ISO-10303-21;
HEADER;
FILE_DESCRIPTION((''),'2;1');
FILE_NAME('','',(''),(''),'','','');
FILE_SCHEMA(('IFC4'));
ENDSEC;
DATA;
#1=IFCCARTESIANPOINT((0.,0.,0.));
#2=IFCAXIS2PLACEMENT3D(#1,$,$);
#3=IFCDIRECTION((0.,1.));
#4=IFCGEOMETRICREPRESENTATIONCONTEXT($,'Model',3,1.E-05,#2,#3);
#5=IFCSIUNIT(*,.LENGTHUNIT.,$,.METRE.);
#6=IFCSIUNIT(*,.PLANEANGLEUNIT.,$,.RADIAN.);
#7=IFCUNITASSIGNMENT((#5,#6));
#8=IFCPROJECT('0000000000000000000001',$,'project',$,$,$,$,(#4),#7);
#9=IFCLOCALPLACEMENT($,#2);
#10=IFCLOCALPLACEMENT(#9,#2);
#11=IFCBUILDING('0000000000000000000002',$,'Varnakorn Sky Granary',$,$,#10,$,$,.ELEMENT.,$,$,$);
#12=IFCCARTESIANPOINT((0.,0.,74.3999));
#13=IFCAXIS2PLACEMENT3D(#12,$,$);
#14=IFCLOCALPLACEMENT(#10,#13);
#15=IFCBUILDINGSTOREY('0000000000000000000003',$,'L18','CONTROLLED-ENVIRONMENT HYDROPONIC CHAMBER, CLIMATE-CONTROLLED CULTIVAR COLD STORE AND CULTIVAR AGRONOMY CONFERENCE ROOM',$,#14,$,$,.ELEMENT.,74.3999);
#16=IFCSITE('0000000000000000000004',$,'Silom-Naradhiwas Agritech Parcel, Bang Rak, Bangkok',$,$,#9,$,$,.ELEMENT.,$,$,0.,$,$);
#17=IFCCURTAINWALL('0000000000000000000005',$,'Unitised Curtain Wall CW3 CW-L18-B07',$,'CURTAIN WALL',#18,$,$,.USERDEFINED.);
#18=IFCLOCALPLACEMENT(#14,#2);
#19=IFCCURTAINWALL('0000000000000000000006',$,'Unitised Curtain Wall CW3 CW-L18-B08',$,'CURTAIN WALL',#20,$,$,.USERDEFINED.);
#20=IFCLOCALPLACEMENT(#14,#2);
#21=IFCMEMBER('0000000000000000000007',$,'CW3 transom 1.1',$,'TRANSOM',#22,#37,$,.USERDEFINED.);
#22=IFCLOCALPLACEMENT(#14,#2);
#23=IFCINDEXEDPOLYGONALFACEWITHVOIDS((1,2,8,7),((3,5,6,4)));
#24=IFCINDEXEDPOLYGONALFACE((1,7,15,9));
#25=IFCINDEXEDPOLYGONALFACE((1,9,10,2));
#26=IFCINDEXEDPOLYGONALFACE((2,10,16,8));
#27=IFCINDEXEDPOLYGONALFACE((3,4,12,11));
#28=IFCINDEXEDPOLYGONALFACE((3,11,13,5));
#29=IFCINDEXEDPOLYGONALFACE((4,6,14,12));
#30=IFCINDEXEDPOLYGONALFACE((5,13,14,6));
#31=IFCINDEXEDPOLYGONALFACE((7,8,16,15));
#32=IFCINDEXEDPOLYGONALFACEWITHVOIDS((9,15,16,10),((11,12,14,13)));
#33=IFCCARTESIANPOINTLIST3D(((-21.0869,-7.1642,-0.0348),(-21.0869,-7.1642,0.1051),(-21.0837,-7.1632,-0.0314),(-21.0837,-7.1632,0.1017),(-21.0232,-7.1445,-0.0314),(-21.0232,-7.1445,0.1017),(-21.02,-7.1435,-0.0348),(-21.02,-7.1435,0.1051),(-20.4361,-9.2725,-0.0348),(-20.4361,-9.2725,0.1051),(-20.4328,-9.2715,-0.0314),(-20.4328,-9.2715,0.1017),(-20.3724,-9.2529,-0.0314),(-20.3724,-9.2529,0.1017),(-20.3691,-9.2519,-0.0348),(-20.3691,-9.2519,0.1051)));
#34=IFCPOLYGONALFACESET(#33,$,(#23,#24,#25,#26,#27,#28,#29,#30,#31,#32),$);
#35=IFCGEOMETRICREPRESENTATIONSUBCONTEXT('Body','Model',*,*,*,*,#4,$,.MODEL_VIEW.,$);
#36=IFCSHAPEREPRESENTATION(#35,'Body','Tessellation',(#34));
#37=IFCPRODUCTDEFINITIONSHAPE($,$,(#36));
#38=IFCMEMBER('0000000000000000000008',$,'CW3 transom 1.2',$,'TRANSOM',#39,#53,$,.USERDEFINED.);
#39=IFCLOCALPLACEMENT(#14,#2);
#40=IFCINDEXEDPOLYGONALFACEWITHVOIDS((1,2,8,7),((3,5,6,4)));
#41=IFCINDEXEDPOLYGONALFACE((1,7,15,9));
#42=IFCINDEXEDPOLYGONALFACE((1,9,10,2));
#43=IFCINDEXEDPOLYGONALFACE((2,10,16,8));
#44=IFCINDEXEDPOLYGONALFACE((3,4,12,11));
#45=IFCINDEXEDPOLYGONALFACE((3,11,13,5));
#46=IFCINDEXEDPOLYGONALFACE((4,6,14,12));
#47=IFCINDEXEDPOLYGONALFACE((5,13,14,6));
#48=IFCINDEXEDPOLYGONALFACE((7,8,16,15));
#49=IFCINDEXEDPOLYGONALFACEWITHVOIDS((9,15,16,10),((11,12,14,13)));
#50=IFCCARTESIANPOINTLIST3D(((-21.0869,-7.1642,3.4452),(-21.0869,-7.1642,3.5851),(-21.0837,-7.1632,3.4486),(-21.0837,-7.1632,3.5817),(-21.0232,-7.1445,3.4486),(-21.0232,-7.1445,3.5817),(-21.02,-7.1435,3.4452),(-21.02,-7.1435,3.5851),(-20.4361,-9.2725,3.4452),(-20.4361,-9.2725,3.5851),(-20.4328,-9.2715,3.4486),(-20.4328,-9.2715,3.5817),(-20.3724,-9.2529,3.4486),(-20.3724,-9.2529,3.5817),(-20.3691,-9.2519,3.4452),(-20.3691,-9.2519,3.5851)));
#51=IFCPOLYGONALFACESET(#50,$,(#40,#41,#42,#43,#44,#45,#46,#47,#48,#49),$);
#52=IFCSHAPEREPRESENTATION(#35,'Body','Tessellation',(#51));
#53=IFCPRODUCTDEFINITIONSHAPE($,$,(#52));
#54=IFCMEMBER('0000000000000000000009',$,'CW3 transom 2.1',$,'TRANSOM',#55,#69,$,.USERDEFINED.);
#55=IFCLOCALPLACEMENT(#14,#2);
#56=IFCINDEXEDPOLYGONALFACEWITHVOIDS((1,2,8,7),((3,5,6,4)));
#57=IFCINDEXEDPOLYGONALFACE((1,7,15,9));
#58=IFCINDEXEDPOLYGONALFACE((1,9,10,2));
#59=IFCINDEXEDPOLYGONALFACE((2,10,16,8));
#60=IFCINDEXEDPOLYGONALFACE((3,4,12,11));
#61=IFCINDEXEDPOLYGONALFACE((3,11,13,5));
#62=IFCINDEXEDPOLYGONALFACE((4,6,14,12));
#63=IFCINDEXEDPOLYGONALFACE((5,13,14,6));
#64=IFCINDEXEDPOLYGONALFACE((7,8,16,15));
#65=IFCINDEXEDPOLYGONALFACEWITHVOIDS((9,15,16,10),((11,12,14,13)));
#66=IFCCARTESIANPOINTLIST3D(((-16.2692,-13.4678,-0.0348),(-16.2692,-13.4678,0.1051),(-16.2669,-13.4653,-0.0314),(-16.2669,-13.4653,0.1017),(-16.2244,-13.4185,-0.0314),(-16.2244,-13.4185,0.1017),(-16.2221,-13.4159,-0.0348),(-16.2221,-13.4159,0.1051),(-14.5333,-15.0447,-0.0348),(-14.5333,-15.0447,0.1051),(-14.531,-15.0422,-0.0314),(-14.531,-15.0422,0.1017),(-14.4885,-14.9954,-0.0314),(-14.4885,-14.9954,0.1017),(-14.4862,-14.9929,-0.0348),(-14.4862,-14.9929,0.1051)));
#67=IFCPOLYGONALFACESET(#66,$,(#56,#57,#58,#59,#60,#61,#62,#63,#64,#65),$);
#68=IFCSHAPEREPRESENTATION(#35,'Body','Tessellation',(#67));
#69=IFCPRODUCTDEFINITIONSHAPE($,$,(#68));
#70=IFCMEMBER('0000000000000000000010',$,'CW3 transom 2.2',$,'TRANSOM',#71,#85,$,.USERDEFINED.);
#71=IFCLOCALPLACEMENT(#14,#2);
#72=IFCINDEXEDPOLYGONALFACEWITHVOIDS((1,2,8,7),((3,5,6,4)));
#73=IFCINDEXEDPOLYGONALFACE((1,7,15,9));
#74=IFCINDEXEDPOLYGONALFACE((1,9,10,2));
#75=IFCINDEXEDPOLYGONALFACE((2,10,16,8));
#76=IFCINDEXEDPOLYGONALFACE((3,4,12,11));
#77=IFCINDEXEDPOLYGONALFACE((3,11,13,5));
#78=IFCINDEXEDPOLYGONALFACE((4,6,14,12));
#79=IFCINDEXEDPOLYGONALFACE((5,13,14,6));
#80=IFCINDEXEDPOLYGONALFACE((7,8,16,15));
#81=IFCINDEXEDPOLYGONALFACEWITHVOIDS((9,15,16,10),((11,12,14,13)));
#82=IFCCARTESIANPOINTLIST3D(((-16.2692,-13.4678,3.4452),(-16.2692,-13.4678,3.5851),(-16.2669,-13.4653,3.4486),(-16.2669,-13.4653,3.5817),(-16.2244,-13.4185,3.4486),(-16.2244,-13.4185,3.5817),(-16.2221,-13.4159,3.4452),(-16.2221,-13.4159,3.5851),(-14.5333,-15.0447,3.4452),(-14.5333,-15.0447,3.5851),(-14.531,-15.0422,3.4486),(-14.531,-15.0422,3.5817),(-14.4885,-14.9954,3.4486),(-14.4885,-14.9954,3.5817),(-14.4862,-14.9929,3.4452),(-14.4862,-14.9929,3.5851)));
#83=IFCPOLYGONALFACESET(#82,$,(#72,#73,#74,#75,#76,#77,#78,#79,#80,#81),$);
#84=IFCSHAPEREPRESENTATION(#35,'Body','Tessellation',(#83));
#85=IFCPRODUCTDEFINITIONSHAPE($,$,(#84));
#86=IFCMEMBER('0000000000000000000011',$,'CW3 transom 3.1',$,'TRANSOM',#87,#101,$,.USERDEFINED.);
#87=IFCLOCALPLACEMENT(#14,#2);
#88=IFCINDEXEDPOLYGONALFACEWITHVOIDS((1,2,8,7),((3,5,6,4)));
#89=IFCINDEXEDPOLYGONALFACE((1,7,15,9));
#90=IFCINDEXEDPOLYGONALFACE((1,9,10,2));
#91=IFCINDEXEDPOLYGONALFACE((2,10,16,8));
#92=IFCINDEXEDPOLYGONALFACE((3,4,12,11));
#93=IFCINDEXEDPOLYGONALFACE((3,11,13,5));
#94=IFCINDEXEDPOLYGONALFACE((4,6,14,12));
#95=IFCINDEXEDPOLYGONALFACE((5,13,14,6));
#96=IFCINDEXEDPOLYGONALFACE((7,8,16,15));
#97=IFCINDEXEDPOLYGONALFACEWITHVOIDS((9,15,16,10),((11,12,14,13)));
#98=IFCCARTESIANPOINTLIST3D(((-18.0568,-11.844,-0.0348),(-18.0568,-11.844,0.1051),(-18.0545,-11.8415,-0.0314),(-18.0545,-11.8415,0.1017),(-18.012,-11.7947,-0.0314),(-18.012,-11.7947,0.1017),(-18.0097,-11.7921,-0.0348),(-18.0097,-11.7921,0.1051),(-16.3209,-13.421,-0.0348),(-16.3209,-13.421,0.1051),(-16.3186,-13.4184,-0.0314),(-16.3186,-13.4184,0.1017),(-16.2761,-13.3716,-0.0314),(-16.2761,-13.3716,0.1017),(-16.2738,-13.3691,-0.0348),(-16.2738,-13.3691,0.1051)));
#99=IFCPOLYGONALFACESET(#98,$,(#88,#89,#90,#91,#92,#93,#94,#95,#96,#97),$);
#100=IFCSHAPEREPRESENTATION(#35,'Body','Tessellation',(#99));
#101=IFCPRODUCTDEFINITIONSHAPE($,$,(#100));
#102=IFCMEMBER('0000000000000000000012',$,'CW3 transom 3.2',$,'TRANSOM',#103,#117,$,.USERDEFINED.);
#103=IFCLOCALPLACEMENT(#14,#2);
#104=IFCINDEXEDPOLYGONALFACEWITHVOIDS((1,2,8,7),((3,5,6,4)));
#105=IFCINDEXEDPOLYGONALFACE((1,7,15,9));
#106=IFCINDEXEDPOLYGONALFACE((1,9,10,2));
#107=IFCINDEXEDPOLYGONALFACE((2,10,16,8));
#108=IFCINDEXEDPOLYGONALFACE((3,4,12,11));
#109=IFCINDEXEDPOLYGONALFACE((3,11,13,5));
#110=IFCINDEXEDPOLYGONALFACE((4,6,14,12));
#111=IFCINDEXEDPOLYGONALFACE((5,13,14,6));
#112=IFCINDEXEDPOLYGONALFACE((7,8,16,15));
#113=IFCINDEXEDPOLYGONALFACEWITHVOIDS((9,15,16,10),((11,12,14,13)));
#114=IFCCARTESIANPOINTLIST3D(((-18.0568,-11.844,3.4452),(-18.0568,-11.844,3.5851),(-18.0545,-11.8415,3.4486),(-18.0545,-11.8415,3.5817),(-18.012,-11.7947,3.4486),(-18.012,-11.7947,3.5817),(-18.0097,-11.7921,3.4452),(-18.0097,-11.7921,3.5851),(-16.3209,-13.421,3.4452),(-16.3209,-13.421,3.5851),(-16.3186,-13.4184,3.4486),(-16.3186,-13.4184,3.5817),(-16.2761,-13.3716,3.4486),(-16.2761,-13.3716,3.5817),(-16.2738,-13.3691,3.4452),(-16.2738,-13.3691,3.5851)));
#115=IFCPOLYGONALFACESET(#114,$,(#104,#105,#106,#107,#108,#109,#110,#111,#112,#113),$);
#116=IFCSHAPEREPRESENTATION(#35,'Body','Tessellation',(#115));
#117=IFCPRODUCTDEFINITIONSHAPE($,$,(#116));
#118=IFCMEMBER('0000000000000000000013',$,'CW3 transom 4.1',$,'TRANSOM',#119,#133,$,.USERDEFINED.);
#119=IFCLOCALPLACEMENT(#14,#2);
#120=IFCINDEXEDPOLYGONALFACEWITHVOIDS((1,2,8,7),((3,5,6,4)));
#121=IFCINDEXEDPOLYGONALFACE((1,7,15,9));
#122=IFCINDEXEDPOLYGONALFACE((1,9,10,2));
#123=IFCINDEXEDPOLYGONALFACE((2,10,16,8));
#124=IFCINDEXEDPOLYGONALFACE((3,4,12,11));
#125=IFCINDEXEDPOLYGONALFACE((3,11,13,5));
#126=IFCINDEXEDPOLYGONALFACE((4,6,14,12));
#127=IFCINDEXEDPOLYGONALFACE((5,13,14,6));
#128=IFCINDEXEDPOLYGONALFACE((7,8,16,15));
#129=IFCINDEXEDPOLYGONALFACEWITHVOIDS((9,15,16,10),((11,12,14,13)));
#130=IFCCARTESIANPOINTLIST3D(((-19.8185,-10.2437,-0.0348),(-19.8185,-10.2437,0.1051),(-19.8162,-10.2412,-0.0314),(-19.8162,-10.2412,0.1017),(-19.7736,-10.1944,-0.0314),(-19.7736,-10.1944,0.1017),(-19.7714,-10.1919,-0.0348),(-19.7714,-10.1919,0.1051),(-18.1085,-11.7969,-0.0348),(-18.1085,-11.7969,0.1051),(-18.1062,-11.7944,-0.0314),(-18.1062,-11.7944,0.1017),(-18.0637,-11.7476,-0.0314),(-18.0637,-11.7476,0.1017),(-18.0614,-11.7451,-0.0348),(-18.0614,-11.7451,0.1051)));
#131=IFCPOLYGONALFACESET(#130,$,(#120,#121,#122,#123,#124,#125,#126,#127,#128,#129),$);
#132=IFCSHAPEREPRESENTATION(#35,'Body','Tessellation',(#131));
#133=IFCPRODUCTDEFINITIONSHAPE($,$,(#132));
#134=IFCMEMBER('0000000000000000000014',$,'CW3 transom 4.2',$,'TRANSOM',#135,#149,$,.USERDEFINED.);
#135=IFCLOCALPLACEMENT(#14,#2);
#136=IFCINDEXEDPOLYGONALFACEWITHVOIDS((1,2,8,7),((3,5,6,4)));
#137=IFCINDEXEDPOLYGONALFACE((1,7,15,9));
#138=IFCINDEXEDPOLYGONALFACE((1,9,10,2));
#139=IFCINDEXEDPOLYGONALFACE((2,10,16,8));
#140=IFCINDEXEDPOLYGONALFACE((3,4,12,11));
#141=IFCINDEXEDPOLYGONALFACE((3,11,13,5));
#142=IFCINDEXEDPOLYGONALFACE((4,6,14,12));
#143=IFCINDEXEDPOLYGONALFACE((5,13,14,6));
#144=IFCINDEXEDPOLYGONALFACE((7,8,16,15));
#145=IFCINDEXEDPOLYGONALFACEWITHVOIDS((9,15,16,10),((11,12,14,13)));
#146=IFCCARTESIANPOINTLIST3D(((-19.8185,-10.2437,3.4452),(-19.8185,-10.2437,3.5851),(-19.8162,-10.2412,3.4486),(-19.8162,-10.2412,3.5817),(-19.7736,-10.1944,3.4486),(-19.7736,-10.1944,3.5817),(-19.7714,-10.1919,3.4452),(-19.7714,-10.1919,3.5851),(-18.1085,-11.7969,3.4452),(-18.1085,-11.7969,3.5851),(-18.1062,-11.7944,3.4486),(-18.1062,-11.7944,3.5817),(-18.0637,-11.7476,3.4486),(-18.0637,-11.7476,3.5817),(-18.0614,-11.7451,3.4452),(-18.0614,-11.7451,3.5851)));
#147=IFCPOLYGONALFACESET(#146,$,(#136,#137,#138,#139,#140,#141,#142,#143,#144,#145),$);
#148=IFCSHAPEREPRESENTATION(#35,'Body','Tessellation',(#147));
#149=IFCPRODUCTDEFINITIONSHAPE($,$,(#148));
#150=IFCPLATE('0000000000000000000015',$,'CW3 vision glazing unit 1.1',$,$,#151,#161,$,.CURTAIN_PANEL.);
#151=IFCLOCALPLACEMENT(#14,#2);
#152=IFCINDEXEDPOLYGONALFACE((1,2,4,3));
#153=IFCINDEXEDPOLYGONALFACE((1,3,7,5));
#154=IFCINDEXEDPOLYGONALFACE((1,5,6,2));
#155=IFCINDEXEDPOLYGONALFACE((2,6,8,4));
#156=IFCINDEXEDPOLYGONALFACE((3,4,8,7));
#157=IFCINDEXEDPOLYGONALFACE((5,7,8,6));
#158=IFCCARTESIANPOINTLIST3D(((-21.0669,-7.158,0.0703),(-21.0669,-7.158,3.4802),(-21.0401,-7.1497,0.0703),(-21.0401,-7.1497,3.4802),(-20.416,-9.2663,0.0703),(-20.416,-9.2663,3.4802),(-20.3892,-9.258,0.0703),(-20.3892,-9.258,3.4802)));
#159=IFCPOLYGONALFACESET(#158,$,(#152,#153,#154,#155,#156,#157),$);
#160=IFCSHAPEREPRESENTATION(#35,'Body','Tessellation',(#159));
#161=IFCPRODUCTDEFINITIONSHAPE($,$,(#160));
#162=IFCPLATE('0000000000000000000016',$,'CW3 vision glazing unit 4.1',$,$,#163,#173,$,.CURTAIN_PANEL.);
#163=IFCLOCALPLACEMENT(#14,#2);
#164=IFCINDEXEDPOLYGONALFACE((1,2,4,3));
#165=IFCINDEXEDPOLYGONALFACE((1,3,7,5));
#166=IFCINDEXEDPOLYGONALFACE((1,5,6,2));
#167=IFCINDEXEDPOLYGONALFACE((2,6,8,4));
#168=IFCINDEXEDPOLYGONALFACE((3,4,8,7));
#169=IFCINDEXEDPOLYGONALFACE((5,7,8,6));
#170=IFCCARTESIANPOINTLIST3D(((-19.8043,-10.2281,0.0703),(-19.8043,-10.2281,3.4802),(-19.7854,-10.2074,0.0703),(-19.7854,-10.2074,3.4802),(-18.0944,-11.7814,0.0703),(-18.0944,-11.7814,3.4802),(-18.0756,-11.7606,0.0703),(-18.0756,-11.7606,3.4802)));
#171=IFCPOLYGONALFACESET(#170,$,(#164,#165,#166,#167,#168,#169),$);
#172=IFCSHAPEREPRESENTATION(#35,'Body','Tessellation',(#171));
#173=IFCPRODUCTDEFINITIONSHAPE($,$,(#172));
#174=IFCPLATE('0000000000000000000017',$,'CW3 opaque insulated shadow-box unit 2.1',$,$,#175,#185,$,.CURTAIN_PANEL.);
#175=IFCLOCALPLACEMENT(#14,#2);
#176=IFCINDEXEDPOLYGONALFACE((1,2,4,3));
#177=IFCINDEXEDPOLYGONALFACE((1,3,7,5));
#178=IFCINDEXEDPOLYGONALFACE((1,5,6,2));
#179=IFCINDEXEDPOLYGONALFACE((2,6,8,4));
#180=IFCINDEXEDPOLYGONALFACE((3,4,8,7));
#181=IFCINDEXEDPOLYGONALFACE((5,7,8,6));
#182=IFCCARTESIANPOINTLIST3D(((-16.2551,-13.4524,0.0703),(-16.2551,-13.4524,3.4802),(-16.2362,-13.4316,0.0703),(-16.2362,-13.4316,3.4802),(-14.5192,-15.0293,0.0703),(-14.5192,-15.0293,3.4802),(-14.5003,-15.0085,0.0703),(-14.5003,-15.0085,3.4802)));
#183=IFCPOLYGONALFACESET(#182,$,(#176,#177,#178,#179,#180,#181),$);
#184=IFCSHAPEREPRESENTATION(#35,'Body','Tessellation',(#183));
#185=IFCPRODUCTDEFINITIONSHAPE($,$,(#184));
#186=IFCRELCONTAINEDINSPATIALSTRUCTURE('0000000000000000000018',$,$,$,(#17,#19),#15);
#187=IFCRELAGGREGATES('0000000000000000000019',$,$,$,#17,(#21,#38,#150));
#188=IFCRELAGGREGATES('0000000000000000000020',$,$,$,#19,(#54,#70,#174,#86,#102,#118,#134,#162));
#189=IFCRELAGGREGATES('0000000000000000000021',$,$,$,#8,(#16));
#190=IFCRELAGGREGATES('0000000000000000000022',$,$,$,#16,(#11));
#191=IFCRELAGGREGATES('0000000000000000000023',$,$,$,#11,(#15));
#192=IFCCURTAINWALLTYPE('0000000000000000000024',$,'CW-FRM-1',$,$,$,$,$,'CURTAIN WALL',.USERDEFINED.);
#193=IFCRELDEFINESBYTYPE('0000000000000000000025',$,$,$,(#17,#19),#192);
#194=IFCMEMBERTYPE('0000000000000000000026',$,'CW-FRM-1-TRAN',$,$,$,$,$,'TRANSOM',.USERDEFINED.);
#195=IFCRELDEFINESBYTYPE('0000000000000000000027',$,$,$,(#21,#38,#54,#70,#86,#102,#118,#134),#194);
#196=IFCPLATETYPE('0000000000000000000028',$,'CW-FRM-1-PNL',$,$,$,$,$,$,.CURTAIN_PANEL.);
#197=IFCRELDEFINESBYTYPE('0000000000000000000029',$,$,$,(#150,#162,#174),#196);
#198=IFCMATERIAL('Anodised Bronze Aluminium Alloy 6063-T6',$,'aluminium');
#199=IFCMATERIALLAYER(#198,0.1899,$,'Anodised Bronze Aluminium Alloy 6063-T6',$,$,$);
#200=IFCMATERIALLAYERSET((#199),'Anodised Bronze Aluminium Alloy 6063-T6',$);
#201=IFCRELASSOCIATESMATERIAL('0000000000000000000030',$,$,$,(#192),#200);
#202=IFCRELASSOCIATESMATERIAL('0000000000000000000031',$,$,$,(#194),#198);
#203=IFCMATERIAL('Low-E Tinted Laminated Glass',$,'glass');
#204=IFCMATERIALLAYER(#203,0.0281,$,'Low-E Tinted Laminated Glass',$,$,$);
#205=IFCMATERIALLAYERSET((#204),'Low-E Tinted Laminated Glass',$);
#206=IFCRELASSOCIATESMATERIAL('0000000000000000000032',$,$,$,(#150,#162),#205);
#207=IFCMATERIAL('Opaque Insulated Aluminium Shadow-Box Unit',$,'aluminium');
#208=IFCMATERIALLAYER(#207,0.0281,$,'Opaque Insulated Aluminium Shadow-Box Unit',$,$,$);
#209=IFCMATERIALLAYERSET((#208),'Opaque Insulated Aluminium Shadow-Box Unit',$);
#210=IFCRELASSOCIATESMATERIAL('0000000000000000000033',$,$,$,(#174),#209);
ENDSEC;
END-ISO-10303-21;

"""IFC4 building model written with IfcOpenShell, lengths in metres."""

from ifc_helpers import new_model, si_unit, direction, frame, origin, origin_2d, place, context, subcontext, project, spatial, rectangle, hollow_rectangle, extrude, source, transform, mapped, material, layer, layer_set, material_profile, profile_set, type_object, type_shapes, element, aggregate, save


model = new_model("IFC4")

# Units and contexts
model_context = context("Model", 3, precision=1e-05, world=origin(), true_north=direction((0.0, 1.0)))
body_context = subcontext(model_context, "Body", "Model", "MODEL_VIEW")
ifc_project = project(units=[si_unit("LENGTHUNIT", "METRE"), si_unit("PLANEANGLEUNIT", "RADIAN")], contexts=[model_context])

# Site, building, storey
site_placement = place(None, origin())
site = spatial("IfcSite", under=ifc_project, at=site_placement, Name="Silom-Naradhiwas Agritech Parcel, Bang Rak, Bangkok", CompositionType="ELEMENT", RefElevation=0.0)
building_placement = place(site_placement, origin())
building = spatial("IfcBuilding", under=site, at=building_placement, Name="Varnakorn Sky Granary", CompositionType="ELEMENT")
storey_placement = place(building_placement, frame((0.0, 0.0, 74.3999)))
storey = spatial("IfcBuildingStorey", under=building, at=storey_placement, Name="L18", Description="CONTROLLED-ENVIRONMENT HYDROPONIC CHAMBER, CLIMATE-CONTROLLED CULTIVAR COLD STORE AND CULTIVAR AGRONOMY CONFERENCE ROOM", CompositionType="ELEMENT", Elevation=74.3999)

# Curtain wall
ifc_material_1 = material(Name="Anodised Bronze Aluminium Alloy 6063-T6", Category="aluminium")
ifc_layer_1 = layer(ifc_material_1, 0.1899, Name="Anodised Bronze Aluminium Alloy 6063-T6")
ifc_layer_set_1 = layer_set([ifc_layer_1], Name="Anodised Bronze Aluminium Alloy 6063-T6")
curtain_wall_type = type_object("IfcCurtainWallType", Name="CW-FRM-1", ElementType="CURTAIN WALL", PredefinedType="USERDEFINED", material=ifc_layer_set_1)
curtain_wall_1_placement = place(storey_placement, origin())
curtain_wall_1 = element("IfcCurtainWall", 1, at=curtain_wall_1_placement, inside=storey, type_object=curtain_wall_type, Name="Unitised Curtain Wall CW3 CW-L18-B07", ObjectType="CURTAIN WALL", PredefinedType="USERDEFINED")

# Curtain wall
curtain_wall_2_placement = place(storey_placement, origin())
curtain_wall_2 = element("IfcCurtainWall", 2, at=curtain_wall_2_placement, inside=storey, type_object=curtain_wall_type, Name="Unitised Curtain Wall CW3 CW-L18-B08", ObjectType="CURTAIN WALL", PredefinedType="USERDEFINED")

# Members
ifc_material_profile_1 = material_profile(ifc_material_1, hollow_rectangle(XDim=0.0701, YDim=0.1399, WallThickness=0.0034, at=origin_2d()), Name="ALU TRAN 70x140")
ifc_profile_set_1 = profile_set([ifc_material_profile_1], Name="Anodised Bronze Aluminium Alloy 6063-T6")
member_type_1 = type_object("IfcMemberType", Name="CW-FRM-1-TRAN", ElementType="TRANSOM", PredefinedType="USERDEFINED", material=ifc_profile_set_1)
member_1_placement = place(storey_placement, frame((-20.4026, -9.2622, 0.0352), z_axis=(-0.294972, 0.955506, 0.0), x_axis=(-0.955506, -0.294972, 0.0)))
member_1 = element("IfcMember", 3, at=member_1_placement, type_object=member_type_1, Name="CW3 transom 1.1", ObjectType="TRANSOM", PredefinedType="USERDEFINED", context=body_context, shape_type="SweptSolid", body=[
    extrude(hollow_rectangle(XDim=0.0701, YDim=0.1399, WallThickness=0.0034, at=origin_2d()), origin(), (0.0, 0.0, 1.0), 2.2065),
])
member_2_placement = place(storey_placement, frame((-20.4026, -9.2622, 3.5151), z_axis=(-0.294972, 0.955506, 0.0), x_axis=(-0.955506, -0.294972, 0.0)))
member_2 = element("IfcMember", 4, at=member_2_placement, type_object=member_type_1, Name="CW3 transom 1.2", ObjectType="TRANSOM", PredefinedType="USERDEFINED", context=body_context, shape_type="SweptSolid", body=[
    extrude(hollow_rectangle(XDim=0.0701, YDim=0.1399, WallThickness=0.0034, at=origin_2d()), origin(), (0.0, 0.0, 1.0), 2.2065),
])
member_3_placement = place(storey_placement, frame((-14.5098, -15.0188, 0.0352), z_axis=(-0.74018, 0.672408, 0.0), x_axis=(-0.672408, -0.74018, 0.0)))
member_3 = element("IfcMember", 5, at=member_3_placement, type_object=member_type_1, Name="CW3 transom 2.1", ObjectType="TRANSOM", PredefinedType="USERDEFINED", context=body_context, shape_type="SweptSolid", body=[
    extrude(hollow_rectangle(XDim=0.0701, YDim=0.1399, WallThickness=0.0034, at=origin_2d()), origin(), (0.0, 0.0, 1.0), 2.3452),
])
member_4_placement = place(storey_placement, frame((-14.5098, -15.0188, 3.5151), z_axis=(-0.74018, 0.672408, 0.0), x_axis=(-0.672408, -0.74018, 0.0)))
member_4 = element("IfcMember", 6, at=member_4_placement, type_object=member_type_1, Name="CW3 transom 2.2", ObjectType="TRANSOM", PredefinedType="USERDEFINED", context=body_context, shape_type="SweptSolid", body=[
    extrude(hollow_rectangle(XDim=0.0701, YDim=0.1399, WallThickness=0.0034, at=origin_2d()), origin(), (0.0, 0.0, 1.0), 2.3452),
])
member_5_placement = place(storey_placement, frame((-16.2974, -13.395, 0.0352), z_axis=(-0.74018, 0.672408, 0.0), x_axis=(-0.672408, -0.74018, 0.0)))
member_5 = element("IfcMember", 7, at=member_5_placement, type_object=member_type_1, Name="CW3 transom 3.1", ObjectType="TRANSOM", PredefinedType="USERDEFINED", context=body_context, shape_type="SweptSolid", body=[
    extrude(hollow_rectangle(XDim=0.0701, YDim=0.1399, WallThickness=0.0034, at=origin_2d()), origin(), (0.0, 0.0, 1.0), 2.3452),
])
member_6_placement = place(storey_placement, frame((-16.2974, -13.395, 3.5151), z_axis=(-0.74018, 0.672408, 0.0), x_axis=(-0.672408, -0.74018, 0.0)))
member_6 = element("IfcMember", 8, at=member_6_placement, type_object=member_type_1, Name="CW3 transom 3.2", ObjectType="TRANSOM", PredefinedType="USERDEFINED", context=body_context, shape_type="SweptSolid", body=[
    extrude(hollow_rectangle(XDim=0.0701, YDim=0.1399, WallThickness=0.0034, at=origin_2d()), origin(), (0.0, 0.0, 1.0), 2.3452),
])
member_7_placement = place(storey_placement, frame((-18.085, -11.771, 0.0352), z_axis=(-0.740217, 0.672368, 0.0), x_axis=(-0.672368, -0.740217, 0.0)))
member_7 = element("IfcMember", 9, at=member_7_placement, type_object=member_type_1, Name="CW3 transom 4.1", ObjectType="TRANSOM", PredefinedType="USERDEFINED", context=body_context, shape_type="SweptSolid", body=[
    extrude(hollow_rectangle(XDim=0.0701, YDim=0.1399, WallThickness=0.0034, at=origin_2d()), origin(), (0.0, 0.0, 1.0), 2.3101),
])
member_8_placement = place(storey_placement, frame((-18.085, -11.771, 3.5151), z_axis=(-0.740217, 0.672368, 0.0), x_axis=(-0.672368, -0.740217, 0.0)))
member_8 = element("IfcMember", 10, at=member_8_placement, type_object=member_type_1, Name="CW3 transom 4.2", ObjectType="TRANSOM", PredefinedType="USERDEFINED", context=body_context, shape_type="SweptSolid", body=[
    extrude(hollow_rectangle(XDim=0.0701, YDim=0.1399, WallThickness=0.0034, at=origin_2d()), origin(), (0.0, 0.0, 1.0), 2.3101),
])

# Plates
ifc_material_2 = material(Name="Low-E Tinted Laminated Glass", Category="glass")
ifc_layer_2 = layer(ifc_material_2, 0.0281, Name="Low-E Tinted Laminated Glass")
ifc_layer_set_2 = layer_set([ifc_layer_2], Name="Low-E Tinted Laminated Glass")
plate_type = type_object("IfcPlateType", Name="CW-FRM-1-PNL", PredefinedType="CURTAIN_PANEL")
shared_shape_1 = source(origin(), body_context, "Body", "SweptSolid", [
    extrude(rectangle(XDim=2.2065, YDim=0.0281, at=origin_2d()), origin(), (0.0, 0.0, 1.0), 3.4099),
])
plate_1_placement = place(storey_placement, frame((-20.728, -8.208, 0.0703), z_axis=(0.0, 0.0, 1.0), x_axis=(-0.294979, 0.955504, 0.0)))
plate_1 = element("IfcPlate", 11, at=plate_1_placement, type_object=plate_type, material=ifc_layer_set_2, Name="CW3 vision glazing unit 1.1", PredefinedType="CURTAIN_PANEL", context=body_context, shape_type="MappedRepresentation", body=[
    mapped(shared_shape_1, transform((0.0, 0.0, 0.0), x_axis=(1.0, 0.0, 0.0), y_axis=(0.0, 1.0, 0.0), z_axis=(0.0, 0.0, 1.0), scale=1.0)),
])
aggregate(curtain_wall_1, [member_1, member_2, plate_1])
shared_shape_2 = source(origin(), body_context, "Body", "SweptSolid", [
    extrude(rectangle(XDim=2.3101, YDim=0.0281, at=origin_2d()), origin(), (0.0, 0.0, 1.0), 3.4099),
])
plate_2_placement = place(storey_placement, frame((-18.9399, -10.9944, 0.0703), z_axis=(0.0, 0.0, 1.0), x_axis=(-0.74019, 0.672398, 0.0)))
plate_2 = element("IfcPlate", 12, at=plate_2_placement, type_object=plate_type, material=ifc_layer_set_2, Name="CW3 vision glazing unit 4.1", PredefinedType="CURTAIN_PANEL", context=body_context, shape_type="MappedRepresentation", body=[
    mapped(shared_shape_2, transform((0.0, 0.0, 0.0), x_axis=(1.0, 0.0, 0.0), y_axis=(0.0, 1.0, 0.0), z_axis=(0.0, 0.0, 1.0), scale=1.0)),
])
ifc_material_3 = material(Name="Opaque Insulated Aluminium Shadow-Box Unit", Category="aluminium")
ifc_layer_3 = layer(ifc_material_3, 0.0281, Name="Opaque Insulated Aluminium Shadow-Box Unit")
ifc_layer_set_3 = layer_set([ifc_layer_3], Name="Opaque Insulated Aluminium Shadow-Box Unit")
shared_shape_3 = source(origin(), body_context, "Body", "SweptSolid", [
    extrude(rectangle(XDim=2.3452, YDim=0.0281, at=origin_2d()), origin(), (0.0, 0.0, 1.0), 3.4099),
])
type_shapes(plate_type, [shared_shape_1, shared_shape_2, shared_shape_3])
plate_3_placement = place(storey_placement, frame((-15.3777, -14.2305, 0.0703), z_axis=(0.0, 0.0, 1.0), x_axis=(-0.74019, 0.672398, 0.0)))
plate_3 = element("IfcPlate", 13, at=plate_3_placement, type_object=plate_type, material=ifc_layer_set_3, Name="CW3 opaque insulated shadow-box unit 2.1", PredefinedType="CURTAIN_PANEL", context=body_context, shape_type="MappedRepresentation", body=[
    mapped(shared_shape_3, transform((0.0, 0.0, 0.0), x_axis=(1.0, 0.0, 0.0), y_axis=(0.0, 1.0, 0.0), z_axis=(0.0, 0.0, 1.0), scale=1.0)),
])
aggregate(curtain_wall_2, [member_3, member_4, plate_3, member_5, member_6, member_7, member_8, plate_2])

save(model, "model.ifc")
